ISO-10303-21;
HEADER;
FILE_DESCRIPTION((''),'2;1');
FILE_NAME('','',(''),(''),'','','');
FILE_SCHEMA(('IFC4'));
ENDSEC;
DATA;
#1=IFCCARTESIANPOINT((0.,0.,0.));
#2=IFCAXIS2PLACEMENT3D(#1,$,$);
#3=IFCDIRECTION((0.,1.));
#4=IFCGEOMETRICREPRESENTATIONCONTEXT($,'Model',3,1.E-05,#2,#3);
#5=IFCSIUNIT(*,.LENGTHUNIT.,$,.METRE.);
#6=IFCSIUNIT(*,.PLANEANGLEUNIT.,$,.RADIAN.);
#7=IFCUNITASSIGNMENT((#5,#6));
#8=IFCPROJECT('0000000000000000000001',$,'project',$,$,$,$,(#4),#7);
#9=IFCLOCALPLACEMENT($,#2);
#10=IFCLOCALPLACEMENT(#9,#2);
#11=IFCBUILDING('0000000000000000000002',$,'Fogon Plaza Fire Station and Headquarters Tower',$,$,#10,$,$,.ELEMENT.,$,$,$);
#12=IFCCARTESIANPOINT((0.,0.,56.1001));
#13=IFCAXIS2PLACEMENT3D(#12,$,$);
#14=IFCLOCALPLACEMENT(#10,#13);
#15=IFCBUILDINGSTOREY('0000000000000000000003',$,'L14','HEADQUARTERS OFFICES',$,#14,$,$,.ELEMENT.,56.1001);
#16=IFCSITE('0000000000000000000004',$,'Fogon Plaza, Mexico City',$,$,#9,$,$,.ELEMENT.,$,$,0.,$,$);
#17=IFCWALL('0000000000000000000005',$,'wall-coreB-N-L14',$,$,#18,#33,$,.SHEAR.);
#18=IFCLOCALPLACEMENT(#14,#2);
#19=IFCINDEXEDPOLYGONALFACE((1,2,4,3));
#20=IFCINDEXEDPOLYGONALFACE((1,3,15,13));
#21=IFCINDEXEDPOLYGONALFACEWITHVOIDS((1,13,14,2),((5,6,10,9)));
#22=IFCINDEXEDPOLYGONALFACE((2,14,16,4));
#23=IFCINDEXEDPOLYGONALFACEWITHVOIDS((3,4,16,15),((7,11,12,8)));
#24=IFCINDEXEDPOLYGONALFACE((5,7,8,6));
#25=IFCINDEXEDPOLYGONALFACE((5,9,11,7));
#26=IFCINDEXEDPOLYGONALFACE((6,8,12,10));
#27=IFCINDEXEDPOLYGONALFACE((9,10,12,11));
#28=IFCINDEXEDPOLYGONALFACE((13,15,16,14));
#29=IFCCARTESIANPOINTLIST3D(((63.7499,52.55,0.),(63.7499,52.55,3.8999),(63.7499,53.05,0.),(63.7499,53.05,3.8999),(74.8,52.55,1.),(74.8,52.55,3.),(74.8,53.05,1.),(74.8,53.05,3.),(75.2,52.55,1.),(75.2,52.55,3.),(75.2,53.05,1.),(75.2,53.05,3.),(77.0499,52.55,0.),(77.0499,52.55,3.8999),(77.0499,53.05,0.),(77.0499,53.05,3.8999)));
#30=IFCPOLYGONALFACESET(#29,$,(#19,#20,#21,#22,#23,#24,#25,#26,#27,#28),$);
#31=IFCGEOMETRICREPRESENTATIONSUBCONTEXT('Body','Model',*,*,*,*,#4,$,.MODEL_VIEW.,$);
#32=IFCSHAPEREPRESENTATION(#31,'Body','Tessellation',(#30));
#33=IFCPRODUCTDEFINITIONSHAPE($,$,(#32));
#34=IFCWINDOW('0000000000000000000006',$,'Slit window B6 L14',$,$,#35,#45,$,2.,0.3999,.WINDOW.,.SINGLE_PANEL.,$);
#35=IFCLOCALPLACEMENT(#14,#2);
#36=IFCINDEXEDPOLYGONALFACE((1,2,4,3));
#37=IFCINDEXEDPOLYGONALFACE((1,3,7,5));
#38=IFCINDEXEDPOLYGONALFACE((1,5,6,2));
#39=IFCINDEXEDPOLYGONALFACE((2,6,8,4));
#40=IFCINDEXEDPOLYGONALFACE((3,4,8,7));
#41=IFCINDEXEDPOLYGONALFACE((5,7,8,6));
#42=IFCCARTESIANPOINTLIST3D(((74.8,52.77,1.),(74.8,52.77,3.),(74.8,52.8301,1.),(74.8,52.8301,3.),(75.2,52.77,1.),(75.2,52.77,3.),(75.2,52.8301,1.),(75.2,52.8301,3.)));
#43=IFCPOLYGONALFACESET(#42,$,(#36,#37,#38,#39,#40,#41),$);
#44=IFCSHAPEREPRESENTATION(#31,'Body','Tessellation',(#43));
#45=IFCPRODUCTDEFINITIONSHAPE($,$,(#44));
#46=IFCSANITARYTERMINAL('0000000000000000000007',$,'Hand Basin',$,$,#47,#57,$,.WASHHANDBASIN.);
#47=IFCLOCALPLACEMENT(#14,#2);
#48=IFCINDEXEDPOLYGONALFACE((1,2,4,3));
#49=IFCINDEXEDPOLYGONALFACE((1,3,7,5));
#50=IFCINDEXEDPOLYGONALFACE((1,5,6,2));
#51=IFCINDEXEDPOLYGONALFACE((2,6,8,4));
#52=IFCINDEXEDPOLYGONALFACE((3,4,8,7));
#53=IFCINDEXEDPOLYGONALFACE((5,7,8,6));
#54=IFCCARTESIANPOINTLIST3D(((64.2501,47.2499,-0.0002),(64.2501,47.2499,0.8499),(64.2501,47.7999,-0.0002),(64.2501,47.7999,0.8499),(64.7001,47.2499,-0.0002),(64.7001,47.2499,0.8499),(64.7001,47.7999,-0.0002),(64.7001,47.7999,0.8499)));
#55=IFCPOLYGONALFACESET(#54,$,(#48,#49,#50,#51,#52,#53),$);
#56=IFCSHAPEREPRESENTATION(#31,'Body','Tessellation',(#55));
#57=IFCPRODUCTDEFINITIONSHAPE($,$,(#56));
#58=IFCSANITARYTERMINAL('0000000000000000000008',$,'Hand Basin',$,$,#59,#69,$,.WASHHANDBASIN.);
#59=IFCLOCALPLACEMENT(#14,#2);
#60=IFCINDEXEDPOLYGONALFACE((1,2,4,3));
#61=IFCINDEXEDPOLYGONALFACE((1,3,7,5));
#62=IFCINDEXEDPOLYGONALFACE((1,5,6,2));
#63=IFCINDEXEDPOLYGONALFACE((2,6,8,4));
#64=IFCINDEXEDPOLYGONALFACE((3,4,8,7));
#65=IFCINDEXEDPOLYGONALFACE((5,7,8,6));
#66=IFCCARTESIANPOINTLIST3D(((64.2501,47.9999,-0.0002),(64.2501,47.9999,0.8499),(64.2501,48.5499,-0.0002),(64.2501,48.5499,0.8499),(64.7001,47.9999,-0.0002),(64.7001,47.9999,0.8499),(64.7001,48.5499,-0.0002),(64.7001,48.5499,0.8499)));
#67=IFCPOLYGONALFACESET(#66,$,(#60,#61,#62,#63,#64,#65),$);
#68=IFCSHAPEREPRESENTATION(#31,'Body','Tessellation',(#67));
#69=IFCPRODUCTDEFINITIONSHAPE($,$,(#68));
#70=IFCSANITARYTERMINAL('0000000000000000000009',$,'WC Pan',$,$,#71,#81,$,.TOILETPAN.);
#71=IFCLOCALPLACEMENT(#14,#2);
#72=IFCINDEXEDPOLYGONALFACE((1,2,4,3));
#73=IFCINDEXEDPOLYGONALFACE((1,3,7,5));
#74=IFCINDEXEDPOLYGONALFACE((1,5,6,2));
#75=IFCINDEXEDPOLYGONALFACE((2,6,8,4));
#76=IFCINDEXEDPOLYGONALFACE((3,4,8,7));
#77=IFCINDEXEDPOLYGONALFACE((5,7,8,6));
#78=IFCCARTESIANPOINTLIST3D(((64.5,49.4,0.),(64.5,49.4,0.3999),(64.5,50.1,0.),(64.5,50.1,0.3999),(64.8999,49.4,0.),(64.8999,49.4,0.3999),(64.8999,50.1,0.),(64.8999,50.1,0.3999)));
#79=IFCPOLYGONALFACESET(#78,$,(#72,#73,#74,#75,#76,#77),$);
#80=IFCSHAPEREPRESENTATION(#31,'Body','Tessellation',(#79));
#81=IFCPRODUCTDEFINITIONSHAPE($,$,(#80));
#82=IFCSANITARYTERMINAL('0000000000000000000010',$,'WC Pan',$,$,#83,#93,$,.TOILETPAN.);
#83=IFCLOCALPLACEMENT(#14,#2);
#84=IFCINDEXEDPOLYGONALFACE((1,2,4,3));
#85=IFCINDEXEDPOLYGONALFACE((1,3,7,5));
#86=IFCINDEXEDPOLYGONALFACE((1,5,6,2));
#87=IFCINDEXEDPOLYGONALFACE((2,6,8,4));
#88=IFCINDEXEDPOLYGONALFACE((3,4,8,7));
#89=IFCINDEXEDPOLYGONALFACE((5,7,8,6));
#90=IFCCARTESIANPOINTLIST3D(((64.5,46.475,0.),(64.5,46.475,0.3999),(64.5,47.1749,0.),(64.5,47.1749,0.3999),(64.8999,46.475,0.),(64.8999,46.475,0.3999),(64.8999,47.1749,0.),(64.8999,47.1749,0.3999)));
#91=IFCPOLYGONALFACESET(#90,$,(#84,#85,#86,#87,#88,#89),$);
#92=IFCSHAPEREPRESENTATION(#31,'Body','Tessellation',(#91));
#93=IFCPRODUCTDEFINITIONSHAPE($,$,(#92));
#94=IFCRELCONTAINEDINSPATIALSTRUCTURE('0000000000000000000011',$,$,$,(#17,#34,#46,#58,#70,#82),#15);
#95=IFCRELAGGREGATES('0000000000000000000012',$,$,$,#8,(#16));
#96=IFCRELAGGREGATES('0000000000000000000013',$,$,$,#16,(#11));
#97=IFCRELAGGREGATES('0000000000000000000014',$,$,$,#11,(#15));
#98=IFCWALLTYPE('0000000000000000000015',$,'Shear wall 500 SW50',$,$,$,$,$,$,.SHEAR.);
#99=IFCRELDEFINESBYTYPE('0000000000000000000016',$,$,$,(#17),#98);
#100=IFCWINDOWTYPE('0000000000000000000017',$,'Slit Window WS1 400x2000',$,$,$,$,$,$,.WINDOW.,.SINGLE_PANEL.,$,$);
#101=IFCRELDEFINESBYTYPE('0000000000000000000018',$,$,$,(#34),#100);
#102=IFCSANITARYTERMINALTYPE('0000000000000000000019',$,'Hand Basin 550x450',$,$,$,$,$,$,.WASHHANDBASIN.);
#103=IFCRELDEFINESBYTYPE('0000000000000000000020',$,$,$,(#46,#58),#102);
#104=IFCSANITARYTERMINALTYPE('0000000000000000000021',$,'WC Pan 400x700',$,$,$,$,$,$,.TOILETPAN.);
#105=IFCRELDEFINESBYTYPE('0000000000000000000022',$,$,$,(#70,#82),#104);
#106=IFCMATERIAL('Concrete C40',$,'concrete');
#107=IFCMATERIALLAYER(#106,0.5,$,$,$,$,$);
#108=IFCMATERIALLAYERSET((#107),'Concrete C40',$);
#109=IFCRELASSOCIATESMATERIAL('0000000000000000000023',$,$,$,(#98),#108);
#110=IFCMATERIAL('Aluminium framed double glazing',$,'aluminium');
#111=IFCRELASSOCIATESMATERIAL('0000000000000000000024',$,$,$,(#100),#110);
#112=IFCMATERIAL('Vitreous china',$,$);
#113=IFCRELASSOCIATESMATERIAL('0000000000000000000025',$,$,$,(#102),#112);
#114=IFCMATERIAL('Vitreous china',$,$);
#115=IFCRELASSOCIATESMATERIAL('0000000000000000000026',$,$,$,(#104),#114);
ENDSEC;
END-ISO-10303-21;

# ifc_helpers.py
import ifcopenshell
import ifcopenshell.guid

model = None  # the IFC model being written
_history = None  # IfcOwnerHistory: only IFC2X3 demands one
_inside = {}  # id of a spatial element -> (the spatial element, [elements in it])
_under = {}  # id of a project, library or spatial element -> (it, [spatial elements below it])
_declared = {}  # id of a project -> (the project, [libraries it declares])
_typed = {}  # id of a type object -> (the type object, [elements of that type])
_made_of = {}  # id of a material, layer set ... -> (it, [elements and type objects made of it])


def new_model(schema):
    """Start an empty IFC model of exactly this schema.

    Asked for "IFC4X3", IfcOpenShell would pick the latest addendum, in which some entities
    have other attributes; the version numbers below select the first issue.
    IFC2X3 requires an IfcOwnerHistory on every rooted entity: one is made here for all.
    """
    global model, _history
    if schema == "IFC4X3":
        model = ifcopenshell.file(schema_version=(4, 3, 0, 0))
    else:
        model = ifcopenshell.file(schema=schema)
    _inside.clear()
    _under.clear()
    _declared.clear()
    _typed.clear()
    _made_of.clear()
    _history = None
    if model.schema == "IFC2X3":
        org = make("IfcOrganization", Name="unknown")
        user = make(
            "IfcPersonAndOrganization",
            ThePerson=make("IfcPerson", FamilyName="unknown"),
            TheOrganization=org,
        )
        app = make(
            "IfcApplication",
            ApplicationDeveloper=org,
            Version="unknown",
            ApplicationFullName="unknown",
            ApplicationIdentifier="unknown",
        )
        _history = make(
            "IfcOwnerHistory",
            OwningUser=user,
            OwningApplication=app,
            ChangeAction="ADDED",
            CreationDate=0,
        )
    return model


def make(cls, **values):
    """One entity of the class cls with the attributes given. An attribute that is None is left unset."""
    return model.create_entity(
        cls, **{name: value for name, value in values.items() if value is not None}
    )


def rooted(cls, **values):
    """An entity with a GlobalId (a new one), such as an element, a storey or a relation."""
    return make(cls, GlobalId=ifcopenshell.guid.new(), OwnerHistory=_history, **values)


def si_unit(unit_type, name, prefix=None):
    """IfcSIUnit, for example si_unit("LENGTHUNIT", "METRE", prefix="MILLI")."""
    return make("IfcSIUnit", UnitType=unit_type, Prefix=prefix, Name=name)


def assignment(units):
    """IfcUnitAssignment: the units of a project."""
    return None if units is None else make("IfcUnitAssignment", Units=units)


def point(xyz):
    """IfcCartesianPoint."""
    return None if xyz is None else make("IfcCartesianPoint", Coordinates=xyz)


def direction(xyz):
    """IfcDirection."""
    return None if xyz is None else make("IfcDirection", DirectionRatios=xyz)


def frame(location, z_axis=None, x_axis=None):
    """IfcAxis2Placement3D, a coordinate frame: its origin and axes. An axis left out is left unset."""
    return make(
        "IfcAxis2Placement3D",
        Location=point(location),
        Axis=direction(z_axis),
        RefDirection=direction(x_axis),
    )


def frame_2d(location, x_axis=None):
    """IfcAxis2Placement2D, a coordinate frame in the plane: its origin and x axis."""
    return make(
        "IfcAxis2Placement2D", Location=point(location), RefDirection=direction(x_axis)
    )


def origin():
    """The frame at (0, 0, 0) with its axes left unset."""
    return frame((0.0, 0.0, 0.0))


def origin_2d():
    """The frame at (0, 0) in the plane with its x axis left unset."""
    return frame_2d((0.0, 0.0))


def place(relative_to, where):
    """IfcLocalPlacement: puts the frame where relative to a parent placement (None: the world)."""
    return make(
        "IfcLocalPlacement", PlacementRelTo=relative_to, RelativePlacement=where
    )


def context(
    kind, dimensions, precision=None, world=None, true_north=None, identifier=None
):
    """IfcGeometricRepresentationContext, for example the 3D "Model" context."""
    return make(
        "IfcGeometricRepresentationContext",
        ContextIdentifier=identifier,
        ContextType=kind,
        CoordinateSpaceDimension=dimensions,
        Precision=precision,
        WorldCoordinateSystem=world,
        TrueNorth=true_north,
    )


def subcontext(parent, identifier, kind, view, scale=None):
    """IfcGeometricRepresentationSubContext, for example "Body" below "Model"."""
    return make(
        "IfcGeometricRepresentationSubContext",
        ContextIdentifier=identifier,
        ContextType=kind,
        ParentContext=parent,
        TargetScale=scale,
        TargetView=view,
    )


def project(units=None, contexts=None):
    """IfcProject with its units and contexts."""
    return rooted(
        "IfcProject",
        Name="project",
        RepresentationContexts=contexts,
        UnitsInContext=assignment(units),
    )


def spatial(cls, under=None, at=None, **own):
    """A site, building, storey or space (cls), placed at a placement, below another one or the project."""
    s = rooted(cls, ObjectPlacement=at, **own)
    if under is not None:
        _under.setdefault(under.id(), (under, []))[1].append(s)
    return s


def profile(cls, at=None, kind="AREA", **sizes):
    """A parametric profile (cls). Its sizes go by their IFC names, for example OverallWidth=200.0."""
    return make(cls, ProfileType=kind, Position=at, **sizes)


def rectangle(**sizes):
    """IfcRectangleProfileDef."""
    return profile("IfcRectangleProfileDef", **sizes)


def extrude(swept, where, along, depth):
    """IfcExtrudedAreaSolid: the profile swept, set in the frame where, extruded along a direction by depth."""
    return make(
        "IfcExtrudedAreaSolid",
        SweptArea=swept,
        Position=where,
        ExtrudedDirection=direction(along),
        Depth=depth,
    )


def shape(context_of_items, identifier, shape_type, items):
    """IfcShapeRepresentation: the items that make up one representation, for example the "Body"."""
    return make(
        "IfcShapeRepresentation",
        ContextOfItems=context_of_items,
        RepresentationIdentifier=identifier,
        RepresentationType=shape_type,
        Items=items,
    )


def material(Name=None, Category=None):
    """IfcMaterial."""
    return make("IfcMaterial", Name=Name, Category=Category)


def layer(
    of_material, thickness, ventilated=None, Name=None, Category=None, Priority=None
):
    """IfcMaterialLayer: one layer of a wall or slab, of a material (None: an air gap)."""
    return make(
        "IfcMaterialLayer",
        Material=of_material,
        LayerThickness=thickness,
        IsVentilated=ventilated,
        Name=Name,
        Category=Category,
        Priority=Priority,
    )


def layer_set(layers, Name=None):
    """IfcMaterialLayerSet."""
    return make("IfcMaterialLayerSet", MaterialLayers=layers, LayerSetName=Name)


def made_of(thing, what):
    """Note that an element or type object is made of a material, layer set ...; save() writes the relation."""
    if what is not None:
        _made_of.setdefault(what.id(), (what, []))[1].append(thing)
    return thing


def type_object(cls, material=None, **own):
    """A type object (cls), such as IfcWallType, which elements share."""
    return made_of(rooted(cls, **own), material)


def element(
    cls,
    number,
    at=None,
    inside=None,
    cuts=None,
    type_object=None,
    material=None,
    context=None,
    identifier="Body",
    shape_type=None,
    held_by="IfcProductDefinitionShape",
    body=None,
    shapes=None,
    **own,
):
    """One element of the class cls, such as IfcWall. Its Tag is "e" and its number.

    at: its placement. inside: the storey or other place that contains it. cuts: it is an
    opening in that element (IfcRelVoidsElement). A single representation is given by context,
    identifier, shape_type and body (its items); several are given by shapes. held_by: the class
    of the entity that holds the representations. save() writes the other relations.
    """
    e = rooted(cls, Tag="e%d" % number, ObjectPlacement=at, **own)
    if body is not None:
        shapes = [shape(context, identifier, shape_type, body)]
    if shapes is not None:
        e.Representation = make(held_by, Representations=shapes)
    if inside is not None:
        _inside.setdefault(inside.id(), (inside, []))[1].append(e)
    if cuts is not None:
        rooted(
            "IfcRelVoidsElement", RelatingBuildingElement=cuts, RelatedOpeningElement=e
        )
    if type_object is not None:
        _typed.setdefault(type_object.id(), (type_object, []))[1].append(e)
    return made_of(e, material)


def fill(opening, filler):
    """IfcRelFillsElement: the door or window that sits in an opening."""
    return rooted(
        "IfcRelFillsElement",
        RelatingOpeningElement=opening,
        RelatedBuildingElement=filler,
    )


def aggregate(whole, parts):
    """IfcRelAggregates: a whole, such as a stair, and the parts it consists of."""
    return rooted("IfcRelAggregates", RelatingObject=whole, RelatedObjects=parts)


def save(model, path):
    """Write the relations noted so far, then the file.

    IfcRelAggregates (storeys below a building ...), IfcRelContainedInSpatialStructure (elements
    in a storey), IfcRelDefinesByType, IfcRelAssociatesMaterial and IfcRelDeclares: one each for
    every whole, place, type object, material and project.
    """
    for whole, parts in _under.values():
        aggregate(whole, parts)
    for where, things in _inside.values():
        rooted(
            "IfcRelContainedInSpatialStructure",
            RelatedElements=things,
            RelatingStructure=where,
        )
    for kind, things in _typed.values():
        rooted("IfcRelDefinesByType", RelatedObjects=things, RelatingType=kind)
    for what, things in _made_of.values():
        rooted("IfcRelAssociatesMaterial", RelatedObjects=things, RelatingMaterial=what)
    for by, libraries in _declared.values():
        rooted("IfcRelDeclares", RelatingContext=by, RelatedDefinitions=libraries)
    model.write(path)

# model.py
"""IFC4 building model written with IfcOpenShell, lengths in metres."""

from ifc_helpers import new_model, si_unit, direction, frame, frame_2d, origin, origin_2d, place, context, subcontext, project, spatial, rectangle, extrude, material, layer, layer_set, type_object, element, fill, save


model = new_model("IFC4")

# Units and contexts
model_context = context("Model", 3, precision=1e-05, world=origin(), true_north=direction((0.0, 1.0)))
body_context = subcontext(model_context, "Body", "Model", "MODEL_VIEW")
ifc_project = project(units=[si_unit("LENGTHUNIT", "METRE"), si_unit("PLANEANGLEUNIT", "RADIAN")], contexts=[model_context])

# Site, building, storey
site_placement = place(None, origin())
site = spatial("IfcSite", under=ifc_project, at=site_placement, Name="Fogon Plaza, Mexico City", CompositionType="ELEMENT", RefElevation=0.0)
building_placement = place(site_placement, origin())
building = spatial("IfcBuilding", under=site, at=building_placement, Name="Fogon Plaza Fire Station and Headquarters Tower", CompositionType="ELEMENT")
storey_placement = place(building_placement, frame((0.0, 0.0, 56.1001)))
storey = spatial("IfcBuildingStorey", under=building, at=storey_placement, Name="L14", Description="HEADQUARTERS OFFICES", CompositionType="ELEMENT", Elevation=56.1001)

# Wall, opening, window
ifc_material_1 = material(Name="Concrete C40", Category="concrete")
ifc_layer_1 = layer(ifc_material_1, 0.5)
ifc_layer_set_1 = layer_set([ifc_layer_1], Name="Concrete C40")
wall_type_1 = type_object("IfcWallType", Name="Shear wall 500 SW50", PredefinedType="SHEAR", material=ifc_layer_set_1)
wall_1_placement = place(storey_placement, frame((63.75, 52.8, 0.0), z_axis=(0.0, 0.0, 1.0), x_axis=(1.0, 0.0, 0.0)))
wall_1 = element("IfcWall", 1, at=wall_1_placement, inside=storey, type_object=wall_type_1, Name="wall-coreB-N-L14", PredefinedType="SHEAR", context=body_context, shape_type="SweptSolid", body=[
    extrude(rectangle(XDim=13.3, YDim=0.5, at=frame_2d((6.6499, 0.0))), origin(), (0.0, 0.0, 1.0), 3.8999),
])
opening_placement = place(wall_1_placement, frame((11.05, 0.0, 1.0)))
opening = element("IfcOpeningElement", 2, at=opening_placement, cuts=wall_1, PredefinedType="OPENING", context=body_context, shape_type="SweptSolid", body=[
    extrude(rectangle(XDim=0.3999, YDim=2.0, at=frame_2d((0.2, 1.0))), frame((0.0, 0.26, 0.0), z_axis=(0.0, -1.0, 0.0), x_axis=(1.0, 0.0, 0.0)), (0.0, 0.0, 1.0), 0.52),
])
ifc_material_2 = material(Name="Aluminium framed double glazing", Category="aluminium")
window_type = type_object("IfcWindowType", Name="Slit Window WS1 400x2000", PartitioningType="SINGLE_PANEL", PredefinedType="WINDOW", material=ifc_material_2)
window_placement = place(opening_placement, origin())
window = element("IfcWindow", 3, at=window_placement, inside=storey, type_object=window_type, Name="Slit window B6 L14", OverallHeight=2.0, OverallWidth=0.3999, PartitioningType="SINGLE_PANEL", PredefinedType="WINDOW", context=body_context, shape_type="SweptSolid", body=[
    extrude(rectangle(XDim=0.3999, YDim=2.0, at=frame_2d((0.2, 1.0))), frame((0.0, 0.03, 0.0), z_axis=(0.0, -1.0, 0.0), x_axis=(1.0, 0.0, 0.0)), (0.0, 0.0, 1.0), 0.0601),
])
fill(opening, window)

# Sanitary terminals
ifc_material_3 = material(Name="Vitreous china")
sanitary_terminal_type_1 = type_object("IfcSanitaryTerminalType", Name="Hand Basin 550x450", PredefinedType="WASHHANDBASIN", material=ifc_material_3)
for number, where, z_axis, x_axis, name in (
    (4, (64.4751, 47.5249, -0.0002), (0.0, 0.0, 1.0), (1.0, 0.0, 0.0), "Hand Basin"),
    (5, (64.4751, 48.2749, -0.0002), (0.0, 0.0, 1.0), (1.0, 0.0, 0.0), "Hand Basin"),
):
    element("IfcSanitaryTerminal", number, at=place(storey_placement, frame(where, z_axis=z_axis, x_axis=x_axis)), inside=storey, type_object=sanitary_terminal_type_1, Name=name, PredefinedType="WASHHANDBASIN", context=body_context, shape_type="SweptSolid", body=[
        extrude(rectangle(XDim=0.45, YDim=0.55, at=origin_2d()), origin(), (0.0, 0.0, 1.0), 0.8501),
    ])
ifc_material_4 = material(Name="Vitreous china")
sanitary_terminal_type_2 = type_object("IfcSanitaryTerminalType", Name="WC Pan 400x700", PredefinedType="TOILETPAN", material=ifc_material_4)
for number, where, z_axis, x_axis, name in (
    (6, (64.7, 49.75, 0.0), (0.0, 0.0, 1.0), (1.0, 0.0, 0.0), "WC Pan"),
    (7, (64.7, 46.825, 0.0), (0.0, 0.0, 1.0), (1.0, 0.0, 0.0), "WC Pan"),
):
    element("IfcSanitaryTerminal", number, at=place(storey_placement, frame(where, z_axis=z_axis, x_axis=x_axis)), inside=storey, type_object=sanitary_terminal_type_2, Name=name, PredefinedType="TOILETPAN", context=body_context, shape_type="SweptSolid", body=[
        extrude(rectangle(XDim=0.3999, YDim=0.7, at=origin_2d()), origin(), (0.0, 0.0, 1.0), 0.3999),
    ])

save(model, "model.ifc")
